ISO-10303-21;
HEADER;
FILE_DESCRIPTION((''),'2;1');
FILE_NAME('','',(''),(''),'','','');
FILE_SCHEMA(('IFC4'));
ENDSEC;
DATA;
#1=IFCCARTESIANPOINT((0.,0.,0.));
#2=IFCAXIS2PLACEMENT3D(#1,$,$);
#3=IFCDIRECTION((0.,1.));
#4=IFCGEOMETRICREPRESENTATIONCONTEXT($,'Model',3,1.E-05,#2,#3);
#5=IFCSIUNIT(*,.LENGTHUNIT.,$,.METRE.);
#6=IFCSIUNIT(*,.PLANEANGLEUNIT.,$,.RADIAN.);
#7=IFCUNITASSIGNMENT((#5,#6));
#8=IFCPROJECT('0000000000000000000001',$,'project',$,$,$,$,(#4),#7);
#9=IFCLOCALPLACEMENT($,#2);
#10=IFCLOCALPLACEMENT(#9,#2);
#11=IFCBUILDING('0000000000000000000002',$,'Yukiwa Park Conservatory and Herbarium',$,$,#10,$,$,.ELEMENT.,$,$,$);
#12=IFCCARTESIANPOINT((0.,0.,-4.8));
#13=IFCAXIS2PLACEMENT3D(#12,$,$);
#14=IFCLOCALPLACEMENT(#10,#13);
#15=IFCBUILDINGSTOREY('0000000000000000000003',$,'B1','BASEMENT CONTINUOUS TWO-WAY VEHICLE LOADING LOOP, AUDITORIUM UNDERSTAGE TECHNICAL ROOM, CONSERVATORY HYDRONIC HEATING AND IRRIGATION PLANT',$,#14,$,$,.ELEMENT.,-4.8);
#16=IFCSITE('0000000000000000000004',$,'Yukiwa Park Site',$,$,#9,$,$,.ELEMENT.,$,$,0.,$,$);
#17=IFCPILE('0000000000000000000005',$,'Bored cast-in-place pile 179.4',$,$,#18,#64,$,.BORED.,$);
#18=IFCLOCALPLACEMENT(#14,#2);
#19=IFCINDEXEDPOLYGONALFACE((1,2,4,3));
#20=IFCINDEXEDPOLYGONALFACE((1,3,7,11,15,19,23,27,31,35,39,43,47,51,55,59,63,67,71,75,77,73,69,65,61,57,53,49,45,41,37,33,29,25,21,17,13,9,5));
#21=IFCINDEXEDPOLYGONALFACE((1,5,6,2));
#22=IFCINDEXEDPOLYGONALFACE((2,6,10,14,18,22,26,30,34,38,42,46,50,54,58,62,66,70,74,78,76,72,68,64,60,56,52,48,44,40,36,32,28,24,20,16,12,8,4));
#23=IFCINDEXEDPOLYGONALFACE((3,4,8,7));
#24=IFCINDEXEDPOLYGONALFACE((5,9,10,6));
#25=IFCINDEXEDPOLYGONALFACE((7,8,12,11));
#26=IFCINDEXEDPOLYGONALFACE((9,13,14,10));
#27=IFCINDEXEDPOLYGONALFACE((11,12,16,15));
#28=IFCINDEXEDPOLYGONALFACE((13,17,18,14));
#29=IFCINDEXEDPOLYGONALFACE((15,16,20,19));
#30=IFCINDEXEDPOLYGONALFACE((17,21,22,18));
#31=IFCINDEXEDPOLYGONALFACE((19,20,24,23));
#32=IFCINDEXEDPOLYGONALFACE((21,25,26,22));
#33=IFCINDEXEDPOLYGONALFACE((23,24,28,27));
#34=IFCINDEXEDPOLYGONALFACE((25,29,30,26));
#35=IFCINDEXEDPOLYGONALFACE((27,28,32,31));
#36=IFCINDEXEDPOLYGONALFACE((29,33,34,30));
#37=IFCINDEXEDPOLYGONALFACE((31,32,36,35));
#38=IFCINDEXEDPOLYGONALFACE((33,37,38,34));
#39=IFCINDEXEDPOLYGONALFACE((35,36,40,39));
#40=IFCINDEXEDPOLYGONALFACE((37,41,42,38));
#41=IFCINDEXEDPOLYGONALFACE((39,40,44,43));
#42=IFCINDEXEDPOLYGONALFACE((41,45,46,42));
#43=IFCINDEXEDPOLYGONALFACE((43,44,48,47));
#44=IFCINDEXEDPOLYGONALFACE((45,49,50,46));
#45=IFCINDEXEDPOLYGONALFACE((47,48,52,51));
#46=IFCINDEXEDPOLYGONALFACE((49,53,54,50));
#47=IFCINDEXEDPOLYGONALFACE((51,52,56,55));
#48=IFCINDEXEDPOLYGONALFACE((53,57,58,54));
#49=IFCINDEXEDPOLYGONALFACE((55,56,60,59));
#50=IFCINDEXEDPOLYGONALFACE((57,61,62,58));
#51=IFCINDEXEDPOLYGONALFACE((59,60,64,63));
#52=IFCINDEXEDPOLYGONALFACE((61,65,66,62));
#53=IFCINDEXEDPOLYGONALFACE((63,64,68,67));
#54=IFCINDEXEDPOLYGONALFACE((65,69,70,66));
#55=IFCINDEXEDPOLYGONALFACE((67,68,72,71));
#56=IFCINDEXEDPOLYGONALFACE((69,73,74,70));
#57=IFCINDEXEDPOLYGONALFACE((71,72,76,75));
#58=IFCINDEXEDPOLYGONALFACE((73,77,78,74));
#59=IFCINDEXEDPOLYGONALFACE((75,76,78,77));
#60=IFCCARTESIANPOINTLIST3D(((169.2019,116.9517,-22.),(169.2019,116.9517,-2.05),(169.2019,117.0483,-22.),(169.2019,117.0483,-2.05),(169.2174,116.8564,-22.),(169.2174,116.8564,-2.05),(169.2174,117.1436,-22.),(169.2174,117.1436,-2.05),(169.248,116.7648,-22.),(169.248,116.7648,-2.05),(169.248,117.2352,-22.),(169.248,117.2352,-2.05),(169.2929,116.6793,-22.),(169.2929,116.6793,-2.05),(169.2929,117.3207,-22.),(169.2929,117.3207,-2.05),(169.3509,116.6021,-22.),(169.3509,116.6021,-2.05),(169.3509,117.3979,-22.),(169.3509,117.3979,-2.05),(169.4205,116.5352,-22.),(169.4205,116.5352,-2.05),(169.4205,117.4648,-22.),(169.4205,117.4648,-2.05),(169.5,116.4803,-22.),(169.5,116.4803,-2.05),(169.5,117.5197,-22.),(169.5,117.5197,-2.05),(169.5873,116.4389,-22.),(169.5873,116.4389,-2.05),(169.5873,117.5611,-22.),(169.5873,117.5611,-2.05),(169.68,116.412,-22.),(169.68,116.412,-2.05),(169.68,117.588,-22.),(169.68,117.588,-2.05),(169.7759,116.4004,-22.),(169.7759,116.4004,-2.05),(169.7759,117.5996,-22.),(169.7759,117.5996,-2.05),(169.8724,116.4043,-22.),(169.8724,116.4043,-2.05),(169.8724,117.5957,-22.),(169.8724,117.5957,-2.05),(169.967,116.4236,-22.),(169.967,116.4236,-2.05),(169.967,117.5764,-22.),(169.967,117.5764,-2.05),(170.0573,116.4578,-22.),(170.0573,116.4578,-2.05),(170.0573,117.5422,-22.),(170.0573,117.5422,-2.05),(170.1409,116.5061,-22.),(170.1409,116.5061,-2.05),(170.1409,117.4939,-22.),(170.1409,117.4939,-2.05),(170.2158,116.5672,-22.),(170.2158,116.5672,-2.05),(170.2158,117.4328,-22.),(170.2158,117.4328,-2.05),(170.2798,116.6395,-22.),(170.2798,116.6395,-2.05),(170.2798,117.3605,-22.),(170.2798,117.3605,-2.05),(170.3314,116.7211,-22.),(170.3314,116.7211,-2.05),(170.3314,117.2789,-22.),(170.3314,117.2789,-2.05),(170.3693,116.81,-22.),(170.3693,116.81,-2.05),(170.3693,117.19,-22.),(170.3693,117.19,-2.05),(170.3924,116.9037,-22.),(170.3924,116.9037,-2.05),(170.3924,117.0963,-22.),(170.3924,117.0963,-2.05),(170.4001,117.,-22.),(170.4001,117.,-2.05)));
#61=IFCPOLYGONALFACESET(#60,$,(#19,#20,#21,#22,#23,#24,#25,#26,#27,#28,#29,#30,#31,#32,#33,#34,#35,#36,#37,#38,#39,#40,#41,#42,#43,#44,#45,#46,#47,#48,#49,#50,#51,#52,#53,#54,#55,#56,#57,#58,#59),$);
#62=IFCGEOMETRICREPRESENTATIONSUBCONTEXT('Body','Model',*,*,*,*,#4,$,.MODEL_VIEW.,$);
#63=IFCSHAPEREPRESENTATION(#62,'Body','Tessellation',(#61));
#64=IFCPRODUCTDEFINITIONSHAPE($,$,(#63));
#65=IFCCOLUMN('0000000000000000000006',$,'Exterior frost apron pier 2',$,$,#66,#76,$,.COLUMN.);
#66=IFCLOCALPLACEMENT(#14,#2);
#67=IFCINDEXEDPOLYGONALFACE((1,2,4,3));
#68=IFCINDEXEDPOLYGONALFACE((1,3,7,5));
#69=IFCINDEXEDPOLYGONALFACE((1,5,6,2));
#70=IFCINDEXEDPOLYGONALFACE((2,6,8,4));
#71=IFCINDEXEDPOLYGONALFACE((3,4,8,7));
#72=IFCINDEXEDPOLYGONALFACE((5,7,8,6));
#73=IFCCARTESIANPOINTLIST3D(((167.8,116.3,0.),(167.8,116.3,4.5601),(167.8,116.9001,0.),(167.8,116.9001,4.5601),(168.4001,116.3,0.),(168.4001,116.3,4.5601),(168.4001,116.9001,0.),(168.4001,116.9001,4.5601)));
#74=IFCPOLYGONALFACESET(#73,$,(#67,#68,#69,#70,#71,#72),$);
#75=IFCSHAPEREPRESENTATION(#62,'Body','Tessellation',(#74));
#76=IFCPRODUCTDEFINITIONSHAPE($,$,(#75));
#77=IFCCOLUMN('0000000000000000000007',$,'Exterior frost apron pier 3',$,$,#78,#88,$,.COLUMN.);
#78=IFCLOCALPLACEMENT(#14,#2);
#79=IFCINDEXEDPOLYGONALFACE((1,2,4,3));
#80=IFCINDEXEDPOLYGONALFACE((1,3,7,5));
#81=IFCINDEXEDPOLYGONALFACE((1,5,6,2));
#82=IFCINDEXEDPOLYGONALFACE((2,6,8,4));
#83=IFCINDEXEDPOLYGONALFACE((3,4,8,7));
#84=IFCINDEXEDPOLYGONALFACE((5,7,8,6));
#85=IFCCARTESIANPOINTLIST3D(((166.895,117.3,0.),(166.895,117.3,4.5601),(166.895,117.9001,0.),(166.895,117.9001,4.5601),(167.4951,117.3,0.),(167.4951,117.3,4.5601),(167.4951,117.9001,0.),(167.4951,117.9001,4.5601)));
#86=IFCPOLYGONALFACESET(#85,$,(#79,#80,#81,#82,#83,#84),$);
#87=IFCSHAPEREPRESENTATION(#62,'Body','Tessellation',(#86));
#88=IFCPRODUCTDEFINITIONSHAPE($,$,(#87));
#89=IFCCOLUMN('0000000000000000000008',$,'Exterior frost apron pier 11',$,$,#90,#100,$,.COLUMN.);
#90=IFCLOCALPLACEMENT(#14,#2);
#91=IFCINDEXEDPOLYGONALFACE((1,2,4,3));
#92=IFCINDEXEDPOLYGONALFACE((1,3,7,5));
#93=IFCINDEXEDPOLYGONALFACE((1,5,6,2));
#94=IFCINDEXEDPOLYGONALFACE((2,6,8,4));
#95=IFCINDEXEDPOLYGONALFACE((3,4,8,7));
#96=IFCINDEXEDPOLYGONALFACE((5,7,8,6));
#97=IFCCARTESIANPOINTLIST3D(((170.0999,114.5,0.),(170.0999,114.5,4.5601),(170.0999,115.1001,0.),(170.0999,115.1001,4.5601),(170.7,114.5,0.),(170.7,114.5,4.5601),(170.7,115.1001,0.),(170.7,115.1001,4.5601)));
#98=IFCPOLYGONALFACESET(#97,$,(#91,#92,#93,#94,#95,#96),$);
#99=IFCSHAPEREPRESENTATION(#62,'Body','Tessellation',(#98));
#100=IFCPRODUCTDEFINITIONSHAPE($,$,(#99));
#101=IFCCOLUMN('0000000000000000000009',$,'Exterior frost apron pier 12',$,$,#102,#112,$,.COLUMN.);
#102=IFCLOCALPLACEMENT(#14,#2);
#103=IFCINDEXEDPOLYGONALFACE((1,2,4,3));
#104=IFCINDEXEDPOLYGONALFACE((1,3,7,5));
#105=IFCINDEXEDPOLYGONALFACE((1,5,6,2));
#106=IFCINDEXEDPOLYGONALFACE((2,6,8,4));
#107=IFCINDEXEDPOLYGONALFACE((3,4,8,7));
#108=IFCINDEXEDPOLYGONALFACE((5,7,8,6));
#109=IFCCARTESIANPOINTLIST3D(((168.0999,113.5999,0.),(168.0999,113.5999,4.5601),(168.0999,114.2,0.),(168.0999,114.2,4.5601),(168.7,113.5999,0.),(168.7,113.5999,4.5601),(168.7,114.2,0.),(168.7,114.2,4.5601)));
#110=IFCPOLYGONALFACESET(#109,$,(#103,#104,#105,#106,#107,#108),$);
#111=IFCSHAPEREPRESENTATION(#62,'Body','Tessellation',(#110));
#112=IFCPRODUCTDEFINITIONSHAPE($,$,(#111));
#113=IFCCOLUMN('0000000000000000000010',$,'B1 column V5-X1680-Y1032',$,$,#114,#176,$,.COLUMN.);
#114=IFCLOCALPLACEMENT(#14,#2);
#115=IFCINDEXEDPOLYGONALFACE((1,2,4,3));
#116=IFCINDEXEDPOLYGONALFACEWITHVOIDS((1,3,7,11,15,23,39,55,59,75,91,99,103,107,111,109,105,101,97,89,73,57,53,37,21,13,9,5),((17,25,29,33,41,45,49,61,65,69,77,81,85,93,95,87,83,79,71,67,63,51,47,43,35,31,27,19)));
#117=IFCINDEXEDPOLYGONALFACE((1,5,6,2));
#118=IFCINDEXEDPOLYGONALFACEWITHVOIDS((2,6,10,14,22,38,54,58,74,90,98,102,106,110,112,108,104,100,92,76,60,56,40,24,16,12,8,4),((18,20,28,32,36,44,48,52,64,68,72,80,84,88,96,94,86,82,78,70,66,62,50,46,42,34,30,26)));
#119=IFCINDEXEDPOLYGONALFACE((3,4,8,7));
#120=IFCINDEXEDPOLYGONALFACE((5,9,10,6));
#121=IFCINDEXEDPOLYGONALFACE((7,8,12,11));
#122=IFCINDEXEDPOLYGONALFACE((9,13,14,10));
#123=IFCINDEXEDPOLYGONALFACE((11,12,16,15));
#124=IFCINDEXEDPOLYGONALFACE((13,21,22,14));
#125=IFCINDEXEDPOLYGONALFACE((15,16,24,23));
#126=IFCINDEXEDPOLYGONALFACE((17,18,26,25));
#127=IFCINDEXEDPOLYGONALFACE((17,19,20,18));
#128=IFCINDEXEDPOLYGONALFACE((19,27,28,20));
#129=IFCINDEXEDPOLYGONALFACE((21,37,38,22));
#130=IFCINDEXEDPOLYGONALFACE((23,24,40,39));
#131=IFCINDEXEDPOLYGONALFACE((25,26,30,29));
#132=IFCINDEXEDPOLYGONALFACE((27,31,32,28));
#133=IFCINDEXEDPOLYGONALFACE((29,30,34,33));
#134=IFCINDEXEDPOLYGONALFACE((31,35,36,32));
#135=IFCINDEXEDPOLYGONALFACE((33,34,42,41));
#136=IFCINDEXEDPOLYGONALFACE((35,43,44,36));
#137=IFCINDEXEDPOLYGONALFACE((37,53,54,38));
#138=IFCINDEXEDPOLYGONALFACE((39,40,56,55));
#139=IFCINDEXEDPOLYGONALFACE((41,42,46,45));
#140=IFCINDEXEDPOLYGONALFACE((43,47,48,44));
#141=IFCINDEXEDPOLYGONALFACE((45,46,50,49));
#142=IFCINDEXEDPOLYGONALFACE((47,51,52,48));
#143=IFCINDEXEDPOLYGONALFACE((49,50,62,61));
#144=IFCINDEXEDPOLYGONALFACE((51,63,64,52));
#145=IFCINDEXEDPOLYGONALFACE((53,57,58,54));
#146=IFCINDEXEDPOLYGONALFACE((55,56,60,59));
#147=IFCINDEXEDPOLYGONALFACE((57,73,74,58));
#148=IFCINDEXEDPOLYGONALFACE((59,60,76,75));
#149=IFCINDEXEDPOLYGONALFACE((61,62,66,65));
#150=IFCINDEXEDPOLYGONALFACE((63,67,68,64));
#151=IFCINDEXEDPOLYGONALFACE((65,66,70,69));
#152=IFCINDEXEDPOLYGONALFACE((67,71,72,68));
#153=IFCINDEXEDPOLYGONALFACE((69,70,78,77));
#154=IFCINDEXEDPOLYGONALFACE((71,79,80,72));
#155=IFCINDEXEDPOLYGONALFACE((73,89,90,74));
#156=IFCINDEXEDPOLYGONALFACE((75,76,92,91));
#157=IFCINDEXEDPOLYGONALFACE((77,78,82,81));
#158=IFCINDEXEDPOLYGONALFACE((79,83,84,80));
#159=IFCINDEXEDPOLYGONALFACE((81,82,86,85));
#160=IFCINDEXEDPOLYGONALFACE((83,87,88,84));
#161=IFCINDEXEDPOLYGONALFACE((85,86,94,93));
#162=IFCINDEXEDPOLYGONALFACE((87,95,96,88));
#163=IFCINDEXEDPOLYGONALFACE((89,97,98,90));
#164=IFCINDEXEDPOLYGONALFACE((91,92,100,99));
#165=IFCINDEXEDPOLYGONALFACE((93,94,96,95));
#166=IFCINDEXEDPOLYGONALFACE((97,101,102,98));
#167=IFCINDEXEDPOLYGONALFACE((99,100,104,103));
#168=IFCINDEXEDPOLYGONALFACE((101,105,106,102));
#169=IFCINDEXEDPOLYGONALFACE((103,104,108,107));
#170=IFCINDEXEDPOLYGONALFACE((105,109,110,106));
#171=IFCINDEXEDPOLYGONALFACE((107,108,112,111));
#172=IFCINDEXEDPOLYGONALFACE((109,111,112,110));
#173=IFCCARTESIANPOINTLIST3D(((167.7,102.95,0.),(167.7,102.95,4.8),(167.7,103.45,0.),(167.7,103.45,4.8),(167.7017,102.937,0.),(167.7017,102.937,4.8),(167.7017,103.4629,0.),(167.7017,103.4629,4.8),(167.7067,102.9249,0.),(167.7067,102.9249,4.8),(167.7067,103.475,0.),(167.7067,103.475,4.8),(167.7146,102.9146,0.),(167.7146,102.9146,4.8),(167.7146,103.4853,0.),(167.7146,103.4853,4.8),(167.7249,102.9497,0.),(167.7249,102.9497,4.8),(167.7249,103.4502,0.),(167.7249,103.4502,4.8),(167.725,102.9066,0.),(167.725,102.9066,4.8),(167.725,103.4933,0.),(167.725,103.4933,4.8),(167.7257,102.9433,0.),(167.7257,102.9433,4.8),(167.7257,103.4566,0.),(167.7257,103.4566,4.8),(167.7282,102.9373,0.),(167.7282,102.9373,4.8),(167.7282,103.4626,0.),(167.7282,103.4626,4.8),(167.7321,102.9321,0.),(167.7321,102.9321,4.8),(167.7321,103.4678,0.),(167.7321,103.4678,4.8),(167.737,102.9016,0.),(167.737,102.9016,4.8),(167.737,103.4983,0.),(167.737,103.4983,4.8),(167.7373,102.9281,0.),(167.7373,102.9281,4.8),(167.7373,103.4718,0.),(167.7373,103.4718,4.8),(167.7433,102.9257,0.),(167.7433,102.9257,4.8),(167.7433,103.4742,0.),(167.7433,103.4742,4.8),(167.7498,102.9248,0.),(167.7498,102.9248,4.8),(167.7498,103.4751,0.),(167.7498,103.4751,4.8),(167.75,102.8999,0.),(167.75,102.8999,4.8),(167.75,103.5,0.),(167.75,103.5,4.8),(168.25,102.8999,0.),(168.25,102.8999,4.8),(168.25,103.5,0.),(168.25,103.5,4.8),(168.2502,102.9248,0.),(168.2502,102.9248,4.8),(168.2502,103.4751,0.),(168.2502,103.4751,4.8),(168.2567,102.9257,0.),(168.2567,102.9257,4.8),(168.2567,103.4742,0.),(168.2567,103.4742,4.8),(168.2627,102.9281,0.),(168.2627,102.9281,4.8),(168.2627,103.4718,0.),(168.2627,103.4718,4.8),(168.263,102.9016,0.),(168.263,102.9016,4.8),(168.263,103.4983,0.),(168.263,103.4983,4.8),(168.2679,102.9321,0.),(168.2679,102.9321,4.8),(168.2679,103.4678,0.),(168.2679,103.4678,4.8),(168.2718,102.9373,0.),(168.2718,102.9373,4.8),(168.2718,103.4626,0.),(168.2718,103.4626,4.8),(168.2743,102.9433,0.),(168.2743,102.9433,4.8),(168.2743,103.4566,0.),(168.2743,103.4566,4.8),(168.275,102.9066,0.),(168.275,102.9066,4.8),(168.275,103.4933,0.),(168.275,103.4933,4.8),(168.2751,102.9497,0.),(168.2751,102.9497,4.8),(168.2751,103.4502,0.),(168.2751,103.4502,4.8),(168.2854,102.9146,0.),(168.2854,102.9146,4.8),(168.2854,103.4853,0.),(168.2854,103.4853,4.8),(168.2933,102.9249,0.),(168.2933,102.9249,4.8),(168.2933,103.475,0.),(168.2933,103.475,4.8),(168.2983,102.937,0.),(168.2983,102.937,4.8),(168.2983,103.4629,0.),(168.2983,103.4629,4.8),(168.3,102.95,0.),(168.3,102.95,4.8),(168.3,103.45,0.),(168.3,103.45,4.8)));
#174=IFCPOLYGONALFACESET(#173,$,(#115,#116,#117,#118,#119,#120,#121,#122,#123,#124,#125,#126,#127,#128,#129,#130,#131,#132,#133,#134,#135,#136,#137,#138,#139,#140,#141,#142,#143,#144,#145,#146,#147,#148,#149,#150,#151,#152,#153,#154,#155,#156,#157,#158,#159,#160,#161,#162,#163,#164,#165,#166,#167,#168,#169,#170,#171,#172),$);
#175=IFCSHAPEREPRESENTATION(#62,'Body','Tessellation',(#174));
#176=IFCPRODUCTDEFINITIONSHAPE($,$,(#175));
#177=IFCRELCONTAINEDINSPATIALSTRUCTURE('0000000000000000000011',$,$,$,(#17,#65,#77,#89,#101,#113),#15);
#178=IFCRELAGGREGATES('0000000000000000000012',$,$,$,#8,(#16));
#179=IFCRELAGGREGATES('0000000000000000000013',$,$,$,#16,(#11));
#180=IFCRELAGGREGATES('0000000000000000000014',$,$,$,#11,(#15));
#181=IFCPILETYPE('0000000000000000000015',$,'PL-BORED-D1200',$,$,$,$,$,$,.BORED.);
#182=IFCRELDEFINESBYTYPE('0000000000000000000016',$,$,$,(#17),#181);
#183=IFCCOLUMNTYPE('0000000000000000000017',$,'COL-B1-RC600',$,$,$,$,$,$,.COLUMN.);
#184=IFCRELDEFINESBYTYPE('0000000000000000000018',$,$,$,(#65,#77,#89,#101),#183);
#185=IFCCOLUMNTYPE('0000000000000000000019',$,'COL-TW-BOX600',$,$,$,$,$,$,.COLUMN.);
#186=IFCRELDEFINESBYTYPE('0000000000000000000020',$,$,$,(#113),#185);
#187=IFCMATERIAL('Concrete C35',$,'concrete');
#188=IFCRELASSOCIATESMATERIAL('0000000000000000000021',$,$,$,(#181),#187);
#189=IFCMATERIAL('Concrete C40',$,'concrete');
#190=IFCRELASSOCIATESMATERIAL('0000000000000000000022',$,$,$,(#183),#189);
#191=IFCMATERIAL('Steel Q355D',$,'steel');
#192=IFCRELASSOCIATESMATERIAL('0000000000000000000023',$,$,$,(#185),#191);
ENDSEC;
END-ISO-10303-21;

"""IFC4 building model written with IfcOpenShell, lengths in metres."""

from ifc_helpers import new_model, si_unit, direction, frame, origin, origin_2d, place, context, subcontext, project, spatial, rectangle, hollow_rectangle, circle, extrude, material, material_profile, profile_set, type_object, element, save


model = new_model("IFC4")

# Units and contexts
model_context = context("Model", 3, precision=1e-05, world=origin(), true_north=direction((0.0, 1.0)))
body_context = subcontext(model_context, "Body", "Model", "MODEL_VIEW")
ifc_project = project(units=[si_unit("LENGTHUNIT", "METRE"), si_unit("PLANEANGLEUNIT", "RADIAN")], contexts=[model_context])

# Site, building, storey
site_placement = place(None, origin())
site = spatial("IfcSite", under=ifc_project, at=site_placement, Name="Yukiwa Park Site", CompositionType="ELEMENT", RefElevation=0.0)
building_placement = place(site_placement, origin())
building = spatial("IfcBuilding", under=site, at=building_placement, Name="Yukiwa Park Conservatory and Herbarium", CompositionType="ELEMENT")
storey_placement = place(building_placement, frame((0.0, 0.0, -4.8)))
storey = spatial("IfcBuildingStorey", under=building, at=storey_placement, Name="B1", Description="BASEMENT CONTINUOUS TWO-WAY VEHICLE LOADING LOOP, AUDITORIUM UNDERSTAGE TECHNICAL ROOM, CONSERVATORY HYDRONIC HEATING AND IRRIGATION PLANT", CompositionType="ELEMENT", Elevation=-4.8)

# Pile
ifc_material_1 = material(Name="Concrete C35", Category="concrete")
ifc_material_profile_1 = material_profile(ifc_material_1, circle(Radius=0.6001, at=origin_2d()), Name="PILE D1200")
ifc_profile_set_1 = profile_set([ifc_material_profile_1], Name="Concrete C35")
pile_type_1 = type_object("IfcPileType", Name="PL-BORED-D1200", PredefinedType="BORED", material=ifc_profile_set_1)
for number, where, z_axis, x_axis, name in (
    (1, (169.8, 117.0, -2.05), (0.0, 0.0, -1.0), (1.0, 0.0, 0.0), "Bored cast-in-place pile 179.4"),
):
    element("IfcPile", number, at=place(storey_placement, frame(where, z_axis=z_axis, x_axis=x_axis)), inside=storey, type_object=pile_type_1, Name=name, PredefinedType="BORED", context=body_context, shape_type="SweptSolid", body=[
        extrude(circle(Radius=0.6001, at=origin_2d()), origin(), (0.0, 0.0, 1.0), 19.95),
    ])

# Columns
ifc_material_2 = material(Name="Concrete C40", Category="concrete")
ifc_material_profile_2 = material_profile(ifc_material_2, rectangle(XDim=0.6001, YDim=0.6001, at=origin_2d()), Name="RC 600x600")
ifc_profile_set_2 = profile_set([ifc_material_profile_2], Name="Concrete C40")
column_type_1 = type_object("IfcColumnType", Name="COL-B1-RC600", PredefinedType="COLUMN", material=ifc_profile_set_2)
for number, where, z_axis, x_axis, name in (
    (2, (168.1001, 116.6001, 0.0), (0.0, 0.0, 1.0), (1.0, 0.0, 0.0), "Exterior frost apron pier 2"),
    (3, (167.1951, 117.6001, 0.0), (0.0, 0.0, 1.0), (1.0, 0.0, 0.0), "Exterior frost apron pier 3"),
    (4, (170.3999, 114.8, 0.0), (0.0, 0.0, 1.0), (1.0, 0.0, 0.0), "Exterior frost apron pier 11"),
    (5, (168.3999, 113.8999, 0.0), (0.0, 0.0, 1.0), (1.0, 0.0, 0.0), "Exterior frost apron pier 12"),
):
    element("IfcColumn", number, at=place(storey_placement, frame(where, z_axis=z_axis, x_axis=x_axis)), inside=storey, type_object=column_type_1, Name=name, PredefinedType="COLUMN", context=body_context, shape_type="SweptSolid", body=[
        extrude(rectangle(XDim=0.6001, YDim=0.6001, at=origin_2d()), origin(), (0.0, 0.0, 1.0), 4.5601),
    ])
ifc_material_3 = material(Name="Steel Q355D", Category="steel")
ifc_material_profile_3 = material_profile(ifc_material_3, hollow_rectangle(XDim=0.6001, YDim=0.6001, WallThickness=0.0249, InnerFilletRadius=0.0249, OuterFilletRadius=0.05, at=origin_2d()), Name="BOX 600x600x25")
ifc_profile_set_3 = profile_set([ifc_material_profile_3], Name="Steel Q355D")
column_type_2 = type_object("IfcColumnType", Name="COL-TW-BOX600", PredefinedType="COLUMN", material=ifc_profile_set_3)
column_1_placement = place(storey_placement, frame((168.0, 103.2, 0.0), z_axis=(0.0, 0.0, 1.0), x_axis=(1.0, 0.0, 0.0)))
element("IfcColumn", 6, at=column_1_placement, inside=storey, type_object=column_type_2, Name="B1 column V5-X1680-Y1032", PredefinedType="COLUMN", context=body_context, shape_type="SweptSolid", body=[
    extrude(hollow_rectangle(XDim=0.6001, YDim=0.6001, WallThickness=0.0249, InnerFilletRadius=0.0249, OuterFilletRadius=0.05, at=origin_2d()), origin(), (0.0, 0.0, 1.0), 4.8),
])

save(model, "model.ifc")
